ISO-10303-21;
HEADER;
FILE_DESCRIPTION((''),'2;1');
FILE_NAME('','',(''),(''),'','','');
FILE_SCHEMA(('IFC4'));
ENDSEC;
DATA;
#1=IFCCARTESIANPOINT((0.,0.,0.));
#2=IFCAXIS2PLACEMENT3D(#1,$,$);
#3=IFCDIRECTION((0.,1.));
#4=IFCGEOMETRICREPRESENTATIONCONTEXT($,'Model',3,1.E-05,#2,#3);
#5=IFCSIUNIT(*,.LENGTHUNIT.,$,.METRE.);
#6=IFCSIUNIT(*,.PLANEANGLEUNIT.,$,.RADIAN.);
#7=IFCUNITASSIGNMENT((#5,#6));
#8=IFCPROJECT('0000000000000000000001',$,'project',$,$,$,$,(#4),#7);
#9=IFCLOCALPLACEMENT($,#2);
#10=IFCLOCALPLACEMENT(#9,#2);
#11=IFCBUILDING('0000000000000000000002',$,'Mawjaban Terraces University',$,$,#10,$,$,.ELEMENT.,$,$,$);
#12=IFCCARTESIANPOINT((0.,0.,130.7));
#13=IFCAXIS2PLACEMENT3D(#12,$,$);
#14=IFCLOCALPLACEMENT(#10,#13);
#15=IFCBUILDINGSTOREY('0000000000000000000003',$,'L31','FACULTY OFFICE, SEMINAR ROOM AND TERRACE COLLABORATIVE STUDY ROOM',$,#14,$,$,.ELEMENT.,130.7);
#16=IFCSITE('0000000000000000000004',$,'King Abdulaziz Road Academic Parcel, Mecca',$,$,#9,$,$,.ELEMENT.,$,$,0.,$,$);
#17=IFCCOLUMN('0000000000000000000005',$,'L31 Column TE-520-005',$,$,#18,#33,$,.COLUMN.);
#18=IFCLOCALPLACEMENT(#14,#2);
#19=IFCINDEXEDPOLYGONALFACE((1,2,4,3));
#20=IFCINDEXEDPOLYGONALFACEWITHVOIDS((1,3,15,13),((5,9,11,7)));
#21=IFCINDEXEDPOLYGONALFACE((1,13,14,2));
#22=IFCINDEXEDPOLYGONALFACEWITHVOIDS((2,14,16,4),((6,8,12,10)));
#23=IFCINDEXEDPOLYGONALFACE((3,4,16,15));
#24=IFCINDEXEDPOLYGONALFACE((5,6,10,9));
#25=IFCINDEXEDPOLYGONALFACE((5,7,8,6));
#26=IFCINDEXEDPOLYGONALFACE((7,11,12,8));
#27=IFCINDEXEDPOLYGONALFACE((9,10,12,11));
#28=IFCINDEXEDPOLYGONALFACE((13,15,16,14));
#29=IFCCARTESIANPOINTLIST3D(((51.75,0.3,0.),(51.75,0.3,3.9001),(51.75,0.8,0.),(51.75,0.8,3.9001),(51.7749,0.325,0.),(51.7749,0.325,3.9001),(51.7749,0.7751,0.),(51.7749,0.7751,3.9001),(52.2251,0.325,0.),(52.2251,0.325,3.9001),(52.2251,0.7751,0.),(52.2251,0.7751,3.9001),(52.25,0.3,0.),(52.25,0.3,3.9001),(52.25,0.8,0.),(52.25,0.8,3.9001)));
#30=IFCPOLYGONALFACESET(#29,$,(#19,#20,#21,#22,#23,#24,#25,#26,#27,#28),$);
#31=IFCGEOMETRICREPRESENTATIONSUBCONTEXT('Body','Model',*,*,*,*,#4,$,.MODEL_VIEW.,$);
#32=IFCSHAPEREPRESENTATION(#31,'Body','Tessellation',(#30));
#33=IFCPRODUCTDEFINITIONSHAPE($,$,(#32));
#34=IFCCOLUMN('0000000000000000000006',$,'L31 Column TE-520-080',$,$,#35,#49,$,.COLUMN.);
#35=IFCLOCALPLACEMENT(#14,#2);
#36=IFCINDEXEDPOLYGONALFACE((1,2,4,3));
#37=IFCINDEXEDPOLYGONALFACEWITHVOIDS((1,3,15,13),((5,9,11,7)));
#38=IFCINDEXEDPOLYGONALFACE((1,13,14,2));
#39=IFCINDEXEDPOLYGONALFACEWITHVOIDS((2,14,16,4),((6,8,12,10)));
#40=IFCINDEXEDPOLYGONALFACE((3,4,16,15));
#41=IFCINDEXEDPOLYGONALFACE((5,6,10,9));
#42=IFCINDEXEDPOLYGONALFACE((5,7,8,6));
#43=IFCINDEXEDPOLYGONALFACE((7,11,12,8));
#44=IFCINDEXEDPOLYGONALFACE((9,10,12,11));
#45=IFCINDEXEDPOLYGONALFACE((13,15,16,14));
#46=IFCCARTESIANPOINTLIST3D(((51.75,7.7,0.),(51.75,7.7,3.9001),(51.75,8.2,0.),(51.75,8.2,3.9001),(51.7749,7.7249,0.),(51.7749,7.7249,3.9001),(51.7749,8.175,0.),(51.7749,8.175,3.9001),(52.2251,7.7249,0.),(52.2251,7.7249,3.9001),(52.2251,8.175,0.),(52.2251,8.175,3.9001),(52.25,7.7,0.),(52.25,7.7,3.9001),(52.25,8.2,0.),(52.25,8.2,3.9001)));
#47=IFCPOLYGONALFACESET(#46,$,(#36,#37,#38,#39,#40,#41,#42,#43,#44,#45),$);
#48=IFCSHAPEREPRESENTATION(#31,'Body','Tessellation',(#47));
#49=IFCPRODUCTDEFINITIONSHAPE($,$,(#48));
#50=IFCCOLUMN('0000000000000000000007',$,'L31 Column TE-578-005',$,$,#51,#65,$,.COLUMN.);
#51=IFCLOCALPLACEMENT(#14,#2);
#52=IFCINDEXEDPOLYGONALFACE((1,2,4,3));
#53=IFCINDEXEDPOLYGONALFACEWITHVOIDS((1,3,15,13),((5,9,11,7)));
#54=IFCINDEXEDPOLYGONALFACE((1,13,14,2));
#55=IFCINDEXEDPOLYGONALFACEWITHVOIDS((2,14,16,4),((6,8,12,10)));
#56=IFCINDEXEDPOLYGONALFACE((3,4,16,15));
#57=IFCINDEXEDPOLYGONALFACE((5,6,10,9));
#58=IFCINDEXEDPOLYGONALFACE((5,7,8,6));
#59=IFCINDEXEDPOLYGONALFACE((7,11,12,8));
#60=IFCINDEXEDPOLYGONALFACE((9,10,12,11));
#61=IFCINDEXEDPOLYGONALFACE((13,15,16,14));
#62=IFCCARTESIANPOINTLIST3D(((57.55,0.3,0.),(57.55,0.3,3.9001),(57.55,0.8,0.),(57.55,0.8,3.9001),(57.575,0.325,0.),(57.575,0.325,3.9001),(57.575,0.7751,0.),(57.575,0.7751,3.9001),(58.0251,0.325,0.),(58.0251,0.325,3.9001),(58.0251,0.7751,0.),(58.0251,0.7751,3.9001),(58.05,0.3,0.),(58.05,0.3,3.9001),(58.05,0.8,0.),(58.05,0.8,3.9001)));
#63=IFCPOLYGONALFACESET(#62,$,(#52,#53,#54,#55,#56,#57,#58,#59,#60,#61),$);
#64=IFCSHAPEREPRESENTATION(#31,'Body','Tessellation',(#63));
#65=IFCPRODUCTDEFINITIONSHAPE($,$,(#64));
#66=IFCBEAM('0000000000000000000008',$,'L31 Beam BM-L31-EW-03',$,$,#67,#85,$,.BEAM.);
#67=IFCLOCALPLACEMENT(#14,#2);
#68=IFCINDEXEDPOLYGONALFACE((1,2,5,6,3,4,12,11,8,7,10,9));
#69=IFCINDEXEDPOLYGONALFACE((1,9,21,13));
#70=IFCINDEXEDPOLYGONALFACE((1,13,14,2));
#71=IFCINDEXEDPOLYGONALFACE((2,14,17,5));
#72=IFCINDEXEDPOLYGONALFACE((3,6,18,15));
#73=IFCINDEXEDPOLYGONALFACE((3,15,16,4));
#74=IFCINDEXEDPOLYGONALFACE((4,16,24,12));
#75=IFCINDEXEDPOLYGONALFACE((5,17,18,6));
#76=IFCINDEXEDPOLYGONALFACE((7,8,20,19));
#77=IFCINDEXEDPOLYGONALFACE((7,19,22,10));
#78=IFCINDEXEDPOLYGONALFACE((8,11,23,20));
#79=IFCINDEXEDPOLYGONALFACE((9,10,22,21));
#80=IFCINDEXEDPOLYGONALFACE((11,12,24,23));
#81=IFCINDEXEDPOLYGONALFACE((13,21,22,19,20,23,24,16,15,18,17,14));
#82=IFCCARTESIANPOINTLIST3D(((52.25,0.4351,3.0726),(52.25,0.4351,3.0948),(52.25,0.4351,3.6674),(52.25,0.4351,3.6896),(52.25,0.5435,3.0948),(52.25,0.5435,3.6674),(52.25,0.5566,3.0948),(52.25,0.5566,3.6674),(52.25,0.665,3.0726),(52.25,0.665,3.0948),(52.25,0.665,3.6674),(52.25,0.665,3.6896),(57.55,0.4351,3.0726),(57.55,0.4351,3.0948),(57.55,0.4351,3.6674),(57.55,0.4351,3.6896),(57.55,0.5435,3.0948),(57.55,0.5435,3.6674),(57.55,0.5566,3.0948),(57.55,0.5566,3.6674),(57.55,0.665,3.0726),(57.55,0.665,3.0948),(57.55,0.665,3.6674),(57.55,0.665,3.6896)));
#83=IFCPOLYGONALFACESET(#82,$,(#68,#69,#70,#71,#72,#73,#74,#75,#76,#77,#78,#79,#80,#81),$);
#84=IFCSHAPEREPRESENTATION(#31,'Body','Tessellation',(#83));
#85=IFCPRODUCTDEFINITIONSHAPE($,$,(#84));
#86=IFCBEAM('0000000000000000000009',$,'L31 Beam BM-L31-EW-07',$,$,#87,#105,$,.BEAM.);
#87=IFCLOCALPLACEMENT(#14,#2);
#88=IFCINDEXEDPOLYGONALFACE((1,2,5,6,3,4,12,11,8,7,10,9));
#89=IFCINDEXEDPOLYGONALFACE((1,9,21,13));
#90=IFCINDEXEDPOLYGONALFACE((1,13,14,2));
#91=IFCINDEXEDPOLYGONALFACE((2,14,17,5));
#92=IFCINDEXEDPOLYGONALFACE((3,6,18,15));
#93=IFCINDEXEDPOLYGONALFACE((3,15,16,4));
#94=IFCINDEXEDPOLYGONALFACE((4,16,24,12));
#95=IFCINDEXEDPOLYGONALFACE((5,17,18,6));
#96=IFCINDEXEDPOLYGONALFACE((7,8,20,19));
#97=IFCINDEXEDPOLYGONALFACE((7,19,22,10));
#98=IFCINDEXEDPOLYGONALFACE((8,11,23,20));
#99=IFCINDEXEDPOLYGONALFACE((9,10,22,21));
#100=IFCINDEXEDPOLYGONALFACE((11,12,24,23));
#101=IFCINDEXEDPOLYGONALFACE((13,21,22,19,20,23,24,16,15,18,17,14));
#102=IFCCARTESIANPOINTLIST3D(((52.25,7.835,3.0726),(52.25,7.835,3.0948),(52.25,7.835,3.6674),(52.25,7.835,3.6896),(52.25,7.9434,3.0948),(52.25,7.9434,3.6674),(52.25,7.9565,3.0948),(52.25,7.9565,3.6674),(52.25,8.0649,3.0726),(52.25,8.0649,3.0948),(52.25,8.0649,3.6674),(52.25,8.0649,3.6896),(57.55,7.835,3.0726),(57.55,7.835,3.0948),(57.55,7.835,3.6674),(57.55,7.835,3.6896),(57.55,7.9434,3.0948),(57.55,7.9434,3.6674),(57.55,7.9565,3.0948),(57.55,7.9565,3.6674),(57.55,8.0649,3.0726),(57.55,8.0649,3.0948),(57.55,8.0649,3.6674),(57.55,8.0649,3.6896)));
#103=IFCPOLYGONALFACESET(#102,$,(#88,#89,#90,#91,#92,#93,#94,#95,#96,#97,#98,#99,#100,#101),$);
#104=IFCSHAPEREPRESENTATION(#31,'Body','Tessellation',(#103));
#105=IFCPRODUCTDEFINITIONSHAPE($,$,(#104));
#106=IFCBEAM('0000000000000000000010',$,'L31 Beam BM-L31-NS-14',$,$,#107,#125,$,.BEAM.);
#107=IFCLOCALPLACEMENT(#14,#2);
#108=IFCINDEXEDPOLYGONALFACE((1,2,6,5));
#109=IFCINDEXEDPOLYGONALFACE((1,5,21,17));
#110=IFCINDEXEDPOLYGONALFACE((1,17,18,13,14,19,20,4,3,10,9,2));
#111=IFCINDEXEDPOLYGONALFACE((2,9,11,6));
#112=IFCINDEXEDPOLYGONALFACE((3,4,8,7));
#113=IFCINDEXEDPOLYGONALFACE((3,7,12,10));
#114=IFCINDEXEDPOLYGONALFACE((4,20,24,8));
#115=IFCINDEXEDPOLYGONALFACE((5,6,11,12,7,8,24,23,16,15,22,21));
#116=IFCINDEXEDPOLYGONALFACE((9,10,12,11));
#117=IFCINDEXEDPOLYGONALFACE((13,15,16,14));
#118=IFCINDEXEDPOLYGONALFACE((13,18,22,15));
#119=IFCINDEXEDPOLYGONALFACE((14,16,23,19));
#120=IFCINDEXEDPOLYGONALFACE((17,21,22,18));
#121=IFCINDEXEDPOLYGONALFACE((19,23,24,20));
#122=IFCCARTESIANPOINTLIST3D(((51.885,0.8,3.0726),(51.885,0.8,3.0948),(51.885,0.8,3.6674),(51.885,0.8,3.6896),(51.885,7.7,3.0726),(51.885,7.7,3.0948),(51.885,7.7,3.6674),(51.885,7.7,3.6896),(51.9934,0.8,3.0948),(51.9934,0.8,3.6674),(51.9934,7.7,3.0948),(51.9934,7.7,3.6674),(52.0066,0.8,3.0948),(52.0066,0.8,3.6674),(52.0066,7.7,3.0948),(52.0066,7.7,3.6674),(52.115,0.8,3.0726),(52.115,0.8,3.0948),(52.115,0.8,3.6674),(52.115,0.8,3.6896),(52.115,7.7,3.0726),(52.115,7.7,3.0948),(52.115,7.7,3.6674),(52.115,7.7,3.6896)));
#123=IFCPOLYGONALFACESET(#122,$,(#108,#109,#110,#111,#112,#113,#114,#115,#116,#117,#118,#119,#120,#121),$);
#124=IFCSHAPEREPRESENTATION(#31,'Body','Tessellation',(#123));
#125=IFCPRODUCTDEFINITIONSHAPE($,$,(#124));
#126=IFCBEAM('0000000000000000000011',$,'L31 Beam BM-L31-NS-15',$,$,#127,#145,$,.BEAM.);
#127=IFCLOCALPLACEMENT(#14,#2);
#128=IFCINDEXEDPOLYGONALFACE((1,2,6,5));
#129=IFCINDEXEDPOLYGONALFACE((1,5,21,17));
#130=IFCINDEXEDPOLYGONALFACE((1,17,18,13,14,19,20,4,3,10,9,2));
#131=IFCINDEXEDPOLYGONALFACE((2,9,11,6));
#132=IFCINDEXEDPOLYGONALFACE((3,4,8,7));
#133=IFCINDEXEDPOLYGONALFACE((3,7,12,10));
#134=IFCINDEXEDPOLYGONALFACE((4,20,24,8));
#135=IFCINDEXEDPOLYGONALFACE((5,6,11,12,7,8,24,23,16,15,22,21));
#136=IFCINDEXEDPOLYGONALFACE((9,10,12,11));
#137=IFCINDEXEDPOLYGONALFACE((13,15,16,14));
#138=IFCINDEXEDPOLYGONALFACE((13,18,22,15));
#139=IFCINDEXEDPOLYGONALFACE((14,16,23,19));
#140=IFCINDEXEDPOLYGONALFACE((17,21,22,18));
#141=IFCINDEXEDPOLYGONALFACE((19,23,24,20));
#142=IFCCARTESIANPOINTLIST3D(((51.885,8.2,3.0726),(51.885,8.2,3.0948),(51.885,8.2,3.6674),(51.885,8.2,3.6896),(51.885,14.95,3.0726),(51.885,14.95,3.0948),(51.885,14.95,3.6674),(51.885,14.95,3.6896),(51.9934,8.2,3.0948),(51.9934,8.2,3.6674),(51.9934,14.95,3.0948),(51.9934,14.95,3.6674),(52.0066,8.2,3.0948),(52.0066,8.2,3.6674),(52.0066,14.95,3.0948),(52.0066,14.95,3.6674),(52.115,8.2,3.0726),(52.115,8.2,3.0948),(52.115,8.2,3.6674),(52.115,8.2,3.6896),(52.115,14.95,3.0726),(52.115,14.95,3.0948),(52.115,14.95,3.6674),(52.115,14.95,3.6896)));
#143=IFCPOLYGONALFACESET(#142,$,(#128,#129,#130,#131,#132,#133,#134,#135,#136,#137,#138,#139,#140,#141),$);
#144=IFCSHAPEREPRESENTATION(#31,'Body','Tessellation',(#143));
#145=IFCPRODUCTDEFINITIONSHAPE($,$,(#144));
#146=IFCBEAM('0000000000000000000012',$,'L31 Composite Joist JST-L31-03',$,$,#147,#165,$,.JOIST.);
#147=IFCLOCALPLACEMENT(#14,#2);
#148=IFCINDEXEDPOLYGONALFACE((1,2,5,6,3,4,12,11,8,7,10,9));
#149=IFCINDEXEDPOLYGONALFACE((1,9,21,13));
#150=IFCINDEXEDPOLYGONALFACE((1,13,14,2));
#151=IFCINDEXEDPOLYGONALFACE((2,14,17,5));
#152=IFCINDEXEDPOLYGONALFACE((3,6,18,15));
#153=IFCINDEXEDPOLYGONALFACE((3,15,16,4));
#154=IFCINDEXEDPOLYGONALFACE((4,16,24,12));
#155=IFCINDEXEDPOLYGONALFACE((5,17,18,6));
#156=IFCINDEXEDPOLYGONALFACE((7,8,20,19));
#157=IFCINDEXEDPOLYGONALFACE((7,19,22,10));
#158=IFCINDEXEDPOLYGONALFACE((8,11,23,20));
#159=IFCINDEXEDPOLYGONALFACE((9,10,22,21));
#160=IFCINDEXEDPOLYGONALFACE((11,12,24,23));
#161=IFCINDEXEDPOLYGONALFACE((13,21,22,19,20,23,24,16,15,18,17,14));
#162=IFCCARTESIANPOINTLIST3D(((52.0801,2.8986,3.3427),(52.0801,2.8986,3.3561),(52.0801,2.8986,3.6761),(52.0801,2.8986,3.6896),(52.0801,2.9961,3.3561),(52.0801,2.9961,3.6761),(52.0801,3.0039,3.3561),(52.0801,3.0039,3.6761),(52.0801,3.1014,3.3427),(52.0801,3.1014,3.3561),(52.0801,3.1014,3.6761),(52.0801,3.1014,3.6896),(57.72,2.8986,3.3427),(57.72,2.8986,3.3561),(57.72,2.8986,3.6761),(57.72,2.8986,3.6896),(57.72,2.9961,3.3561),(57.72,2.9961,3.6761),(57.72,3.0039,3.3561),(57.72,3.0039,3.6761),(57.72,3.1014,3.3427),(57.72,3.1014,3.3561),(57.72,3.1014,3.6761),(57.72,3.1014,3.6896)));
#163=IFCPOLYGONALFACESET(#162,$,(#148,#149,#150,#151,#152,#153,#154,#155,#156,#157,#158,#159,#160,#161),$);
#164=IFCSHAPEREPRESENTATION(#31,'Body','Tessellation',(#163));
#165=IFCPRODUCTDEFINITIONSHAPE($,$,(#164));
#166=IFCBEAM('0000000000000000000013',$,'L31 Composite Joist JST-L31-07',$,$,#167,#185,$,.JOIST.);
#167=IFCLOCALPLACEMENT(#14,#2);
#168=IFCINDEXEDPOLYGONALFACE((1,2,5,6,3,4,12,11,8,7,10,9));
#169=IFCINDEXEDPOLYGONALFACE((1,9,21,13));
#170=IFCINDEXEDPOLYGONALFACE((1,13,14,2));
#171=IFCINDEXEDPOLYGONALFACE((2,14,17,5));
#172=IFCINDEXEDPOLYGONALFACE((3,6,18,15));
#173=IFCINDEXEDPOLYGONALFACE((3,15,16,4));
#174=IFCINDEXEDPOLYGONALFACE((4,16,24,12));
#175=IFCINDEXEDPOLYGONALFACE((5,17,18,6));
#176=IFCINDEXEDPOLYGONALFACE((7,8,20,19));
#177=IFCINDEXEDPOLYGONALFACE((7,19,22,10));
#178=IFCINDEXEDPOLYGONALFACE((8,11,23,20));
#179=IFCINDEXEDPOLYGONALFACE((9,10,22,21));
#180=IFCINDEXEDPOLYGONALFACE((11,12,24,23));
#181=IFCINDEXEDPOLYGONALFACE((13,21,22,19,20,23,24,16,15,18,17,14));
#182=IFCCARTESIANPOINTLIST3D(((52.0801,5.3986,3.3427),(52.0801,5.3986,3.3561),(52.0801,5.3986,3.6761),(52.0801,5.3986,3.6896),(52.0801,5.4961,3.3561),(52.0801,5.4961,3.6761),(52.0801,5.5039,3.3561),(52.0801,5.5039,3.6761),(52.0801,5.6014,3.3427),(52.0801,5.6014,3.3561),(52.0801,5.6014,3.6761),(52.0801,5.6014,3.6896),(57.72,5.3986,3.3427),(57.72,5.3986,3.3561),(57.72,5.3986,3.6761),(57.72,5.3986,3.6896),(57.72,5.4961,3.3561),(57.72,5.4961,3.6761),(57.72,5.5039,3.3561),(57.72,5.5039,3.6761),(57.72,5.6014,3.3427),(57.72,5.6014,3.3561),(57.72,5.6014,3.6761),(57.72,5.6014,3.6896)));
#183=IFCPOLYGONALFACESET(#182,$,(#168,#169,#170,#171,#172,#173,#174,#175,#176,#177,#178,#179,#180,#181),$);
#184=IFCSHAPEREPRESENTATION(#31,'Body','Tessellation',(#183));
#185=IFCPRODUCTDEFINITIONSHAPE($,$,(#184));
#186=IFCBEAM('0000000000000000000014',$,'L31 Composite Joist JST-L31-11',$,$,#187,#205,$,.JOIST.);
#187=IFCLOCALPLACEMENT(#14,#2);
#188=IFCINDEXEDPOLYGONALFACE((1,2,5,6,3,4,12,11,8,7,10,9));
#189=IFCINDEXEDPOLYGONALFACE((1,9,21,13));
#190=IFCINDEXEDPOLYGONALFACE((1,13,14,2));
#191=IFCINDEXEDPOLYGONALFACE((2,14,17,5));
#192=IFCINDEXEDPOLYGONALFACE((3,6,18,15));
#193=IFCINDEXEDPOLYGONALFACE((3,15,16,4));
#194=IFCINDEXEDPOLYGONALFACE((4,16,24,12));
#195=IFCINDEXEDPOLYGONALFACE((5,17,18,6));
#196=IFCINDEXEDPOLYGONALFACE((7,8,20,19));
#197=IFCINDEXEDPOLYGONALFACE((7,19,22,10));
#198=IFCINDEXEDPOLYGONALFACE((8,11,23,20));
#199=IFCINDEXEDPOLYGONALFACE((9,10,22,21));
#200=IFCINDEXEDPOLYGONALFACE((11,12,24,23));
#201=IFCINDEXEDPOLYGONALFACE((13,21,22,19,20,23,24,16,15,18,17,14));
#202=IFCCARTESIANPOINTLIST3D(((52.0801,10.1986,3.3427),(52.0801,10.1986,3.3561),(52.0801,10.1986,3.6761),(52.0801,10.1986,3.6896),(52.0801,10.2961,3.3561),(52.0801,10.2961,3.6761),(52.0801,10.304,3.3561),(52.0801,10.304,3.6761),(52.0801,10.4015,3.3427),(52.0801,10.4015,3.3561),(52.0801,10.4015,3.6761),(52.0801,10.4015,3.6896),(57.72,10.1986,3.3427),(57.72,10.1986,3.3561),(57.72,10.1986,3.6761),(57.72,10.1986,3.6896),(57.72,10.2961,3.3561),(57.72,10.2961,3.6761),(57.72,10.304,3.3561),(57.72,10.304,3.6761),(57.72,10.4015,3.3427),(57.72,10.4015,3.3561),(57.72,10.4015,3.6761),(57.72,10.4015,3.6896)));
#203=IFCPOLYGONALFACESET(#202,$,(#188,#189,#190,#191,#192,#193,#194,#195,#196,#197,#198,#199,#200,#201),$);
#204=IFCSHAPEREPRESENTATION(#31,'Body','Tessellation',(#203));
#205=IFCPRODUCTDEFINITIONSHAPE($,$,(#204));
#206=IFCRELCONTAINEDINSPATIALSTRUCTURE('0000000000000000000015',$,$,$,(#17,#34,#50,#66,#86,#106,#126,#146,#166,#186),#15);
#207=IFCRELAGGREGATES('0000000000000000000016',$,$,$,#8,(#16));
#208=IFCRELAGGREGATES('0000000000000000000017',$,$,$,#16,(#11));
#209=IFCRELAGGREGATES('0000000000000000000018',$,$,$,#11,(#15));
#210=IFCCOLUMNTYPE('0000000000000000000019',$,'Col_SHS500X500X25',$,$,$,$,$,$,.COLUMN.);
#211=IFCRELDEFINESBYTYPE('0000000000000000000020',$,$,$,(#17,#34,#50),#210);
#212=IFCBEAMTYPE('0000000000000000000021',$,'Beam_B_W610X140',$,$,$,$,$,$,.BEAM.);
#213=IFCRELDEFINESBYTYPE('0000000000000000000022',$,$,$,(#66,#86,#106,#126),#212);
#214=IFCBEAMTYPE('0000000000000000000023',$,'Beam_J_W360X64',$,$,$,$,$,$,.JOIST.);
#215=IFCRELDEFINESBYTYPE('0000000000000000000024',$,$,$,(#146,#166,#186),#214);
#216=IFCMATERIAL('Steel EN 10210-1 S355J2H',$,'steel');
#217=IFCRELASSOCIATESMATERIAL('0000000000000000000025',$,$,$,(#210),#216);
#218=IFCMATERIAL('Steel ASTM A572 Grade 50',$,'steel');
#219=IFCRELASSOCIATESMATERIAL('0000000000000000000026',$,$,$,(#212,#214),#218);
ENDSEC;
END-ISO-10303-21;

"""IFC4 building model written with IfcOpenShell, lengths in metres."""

from ifc_helpers import new_model, si_unit, direction, frame, origin, origin_2d, place, context, subcontext, project, spatial, hollow_rectangle, i_section, extrude, material, material_profile, profile_set, type_object, element, save


model = new_model("IFC4")

# Units and contexts
model_context = context("Model", 3, precision=1e-05, world=origin(), true_north=direction((0.0, 1.0)))
body_context = subcontext(model_context, "Body", "Model", "MODEL_VIEW")
ifc_project = project(units=[si_unit("LENGTHUNIT", "METRE"), si_unit("PLANEANGLEUNIT", "RADIAN")], contexts=[model_context])

# Site, building, storey
site_placement = place(None, origin())
site = spatial("IfcSite", under=ifc_project, at=site_placement, Name="King Abdulaziz Road Academic Parcel, Mecca", CompositionType="ELEMENT", RefElevation=0.0)
building_placement = place(site_placement, origin())
building = spatial("IfcBuilding", under=site, at=building_placement, Name="Mawjaban Terraces University", CompositionType="ELEMENT")
storey_placement = place(building_placement, frame((0.0, 0.0, 130.7)))
storey = spatial("IfcBuildingStorey", under=building, at=storey_placement, Name="L31", Description="FACULTY OFFICE, SEMINAR ROOM AND TERRACE COLLABORATIVE STUDY ROOM", CompositionType="ELEMENT", Elevation=130.7)

# Columns
ifc_material_1 = material(Name="Steel EN 10210-1 S355J2H", Category="steel")
ifc_material_profile_1 = material_profile(ifc_material_1, hollow_rectangle(XDim=0.5, YDim=0.5, WallThickness=0.0249, at=origin_2d()), Name="SHS500X500X25")
ifc_profile_set_1 = profile_set([ifc_material_profile_1], Name="Steel EN 10210-1 S355J2H")
column_type = type_object("IfcColumnType", Name="Col_SHS500X500X25", PredefinedType="COLUMN", material=ifc_profile_set_1)
for number, where, z_axis, x_axis, name in (
    (1, (52.0, 0.55, 0.0), (0.0, 0.0, 1.0), (1.0, 0.0, 0.0), "L31 Column TE-520-005"),
    (2, (52.0, 7.95, 0.0), (0.0, 0.0, 1.0), (1.0, 0.0, 0.0), "L31 Column TE-520-080"),
    (3, (57.8, 0.55, 0.0), (0.0, 0.0, 1.0), (1.0, 0.0, 0.0), "L31 Column TE-578-005"),
):
    element("IfcColumn", number, at=place(storey_placement, frame(where, z_axis=z_axis, x_axis=x_axis)), inside=storey, type_object=column_type, Name=name, PredefinedType="COLUMN", context=body_context, shape_type="SweptSolid", body=[
        extrude(hollow_rectangle(XDim=0.5, YDim=0.5, WallThickness=0.0249, at=origin_2d()), origin(), (0.0, 0.0, 1.0), 3.9001),
    ])

# Beams
ifc_material_2 = material(Name="Steel ASTM A572 Grade 50", Category="steel")
ifc_material_profile_2 = material_profile(ifc_material_2, i_section(OverallWidth=0.23, OverallDepth=0.6169, WebThickness=0.0132, FlangeThickness=0.0222, at=origin_2d()), Name="W610X140")
ifc_profile_set_2 = profile_set([ifc_material_profile_2], Name="Steel ASTM A572 Grade 50")
beam_type_1 = type_object("IfcBeamType", Name="Beam_B_W610X140", PredefinedType="BEAM", material=ifc_profile_set_2)
for number, where, z_axis, x_axis, name in (
    (4, (52.25, 0.55, 3.3811), (1.0, 0.0, 0.0), (0.0, 1.0, 0.0), "L31 Beam BM-L31-EW-03"),
    (5, (52.25, 7.95, 3.3811), (1.0, 0.0, 0.0), (0.0, 1.0, 0.0), "L31 Beam BM-L31-EW-07"),
):
    element("IfcBeam", number, at=place(storey_placement, frame(where, z_axis=z_axis, x_axis=x_axis)), inside=storey, type_object=beam_type_1, Name=name, PredefinedType="BEAM", context=body_context, shape_type="SweptSolid", body=[
        extrude(i_section(OverallWidth=0.23, OverallDepth=0.6169, WebThickness=0.0132, FlangeThickness=0.0222, at=origin_2d()), origin(), (0.0, 0.0, 1.0), 5.3),
    ])
beam_1_placement = place(storey_placement, frame((52.0, 0.8, 3.3811), z_axis=(0.0, 1.0, 0.0), x_axis=(-1.0, 0.0, 0.0)))
element("IfcBeam", 6, at=beam_1_placement, inside=storey, type_object=beam_type_1, Name="L31 Beam BM-L31-NS-14", PredefinedType="BEAM", context=body_context, shape_type="SweptSolid", body=[
    extrude(i_section(OverallWidth=0.23, OverallDepth=0.6169, WebThickness=0.0132, FlangeThickness=0.0222, at=origin_2d()), origin(), (0.0, 0.0, 1.0), 6.8999),
])
beam_2_placement = place(storey_placement, frame((52.0, 8.2, 3.3811), z_axis=(0.0, 1.0, 0.0), x_axis=(-1.0, 0.0, 0.0)))
element("IfcBeam", 7, at=beam_2_placement, inside=storey, type_object=beam_type_1, Name="L31 Beam BM-L31-NS-15", PredefinedType="BEAM", context=body_context, shape_type="SweptSolid", body=[
    extrude(i_section(OverallWidth=0.23, OverallDepth=0.6169, WebThickness=0.0132, FlangeThickness=0.0222, at=origin_2d()), origin(), (0.0, 0.0, 1.0), 6.75),
])
ifc_material_profile_3 = material_profile(ifc_material_2, i_section(OverallWidth=0.2029, OverallDepth=0.3469, WebThickness=0.0078, FlangeThickness=0.0134, at=origin_2d()), Name="W360X64")
ifc_profile_set_3 = profile_set([ifc_material_profile_3], Name="Steel ASTM A572 Grade 50")
beam_type_2 = type_object("IfcBeamType", Name="Beam_J_W360X64", PredefinedType="JOIST", material=ifc_profile_set_3)
for number, where, z_axis, x_axis, name in (
    (8, (52.0801, 3.0, 3.5161), (1.0, 0.0, 0.0), (0.0, 1.0, 0.0), "L31 Composite Joist JST-L31-03"),
    (9, (52.0801, 5.5, 3.5161), (1.0, 0.0, 0.0), (0.0, 1.0, 0.0), "L31 Composite Joist JST-L31-07"),
    (10, (52.0801, 10.3, 3.5161), (1.0, 0.0, 0.0), (0.0, 1.0, 0.0), "L31 Composite Joist JST-L31-11"),
):
    element("IfcBeam", number, at=place(storey_placement, frame(where, z_axis=z_axis, x_axis=x_axis)), inside=storey, type_object=beam_type_2, Name=name, PredefinedType="JOIST", context=body_context, shape_type="SweptSolid", body=[
        extrude(i_section(OverallWidth=0.2029, OverallDepth=0.3469, WebThickness=0.0078, FlangeThickness=0.0134, at=origin_2d()), origin(), (0.0, 0.0, 1.0), 5.6399),
    ])

save(model, "model.ifc")
